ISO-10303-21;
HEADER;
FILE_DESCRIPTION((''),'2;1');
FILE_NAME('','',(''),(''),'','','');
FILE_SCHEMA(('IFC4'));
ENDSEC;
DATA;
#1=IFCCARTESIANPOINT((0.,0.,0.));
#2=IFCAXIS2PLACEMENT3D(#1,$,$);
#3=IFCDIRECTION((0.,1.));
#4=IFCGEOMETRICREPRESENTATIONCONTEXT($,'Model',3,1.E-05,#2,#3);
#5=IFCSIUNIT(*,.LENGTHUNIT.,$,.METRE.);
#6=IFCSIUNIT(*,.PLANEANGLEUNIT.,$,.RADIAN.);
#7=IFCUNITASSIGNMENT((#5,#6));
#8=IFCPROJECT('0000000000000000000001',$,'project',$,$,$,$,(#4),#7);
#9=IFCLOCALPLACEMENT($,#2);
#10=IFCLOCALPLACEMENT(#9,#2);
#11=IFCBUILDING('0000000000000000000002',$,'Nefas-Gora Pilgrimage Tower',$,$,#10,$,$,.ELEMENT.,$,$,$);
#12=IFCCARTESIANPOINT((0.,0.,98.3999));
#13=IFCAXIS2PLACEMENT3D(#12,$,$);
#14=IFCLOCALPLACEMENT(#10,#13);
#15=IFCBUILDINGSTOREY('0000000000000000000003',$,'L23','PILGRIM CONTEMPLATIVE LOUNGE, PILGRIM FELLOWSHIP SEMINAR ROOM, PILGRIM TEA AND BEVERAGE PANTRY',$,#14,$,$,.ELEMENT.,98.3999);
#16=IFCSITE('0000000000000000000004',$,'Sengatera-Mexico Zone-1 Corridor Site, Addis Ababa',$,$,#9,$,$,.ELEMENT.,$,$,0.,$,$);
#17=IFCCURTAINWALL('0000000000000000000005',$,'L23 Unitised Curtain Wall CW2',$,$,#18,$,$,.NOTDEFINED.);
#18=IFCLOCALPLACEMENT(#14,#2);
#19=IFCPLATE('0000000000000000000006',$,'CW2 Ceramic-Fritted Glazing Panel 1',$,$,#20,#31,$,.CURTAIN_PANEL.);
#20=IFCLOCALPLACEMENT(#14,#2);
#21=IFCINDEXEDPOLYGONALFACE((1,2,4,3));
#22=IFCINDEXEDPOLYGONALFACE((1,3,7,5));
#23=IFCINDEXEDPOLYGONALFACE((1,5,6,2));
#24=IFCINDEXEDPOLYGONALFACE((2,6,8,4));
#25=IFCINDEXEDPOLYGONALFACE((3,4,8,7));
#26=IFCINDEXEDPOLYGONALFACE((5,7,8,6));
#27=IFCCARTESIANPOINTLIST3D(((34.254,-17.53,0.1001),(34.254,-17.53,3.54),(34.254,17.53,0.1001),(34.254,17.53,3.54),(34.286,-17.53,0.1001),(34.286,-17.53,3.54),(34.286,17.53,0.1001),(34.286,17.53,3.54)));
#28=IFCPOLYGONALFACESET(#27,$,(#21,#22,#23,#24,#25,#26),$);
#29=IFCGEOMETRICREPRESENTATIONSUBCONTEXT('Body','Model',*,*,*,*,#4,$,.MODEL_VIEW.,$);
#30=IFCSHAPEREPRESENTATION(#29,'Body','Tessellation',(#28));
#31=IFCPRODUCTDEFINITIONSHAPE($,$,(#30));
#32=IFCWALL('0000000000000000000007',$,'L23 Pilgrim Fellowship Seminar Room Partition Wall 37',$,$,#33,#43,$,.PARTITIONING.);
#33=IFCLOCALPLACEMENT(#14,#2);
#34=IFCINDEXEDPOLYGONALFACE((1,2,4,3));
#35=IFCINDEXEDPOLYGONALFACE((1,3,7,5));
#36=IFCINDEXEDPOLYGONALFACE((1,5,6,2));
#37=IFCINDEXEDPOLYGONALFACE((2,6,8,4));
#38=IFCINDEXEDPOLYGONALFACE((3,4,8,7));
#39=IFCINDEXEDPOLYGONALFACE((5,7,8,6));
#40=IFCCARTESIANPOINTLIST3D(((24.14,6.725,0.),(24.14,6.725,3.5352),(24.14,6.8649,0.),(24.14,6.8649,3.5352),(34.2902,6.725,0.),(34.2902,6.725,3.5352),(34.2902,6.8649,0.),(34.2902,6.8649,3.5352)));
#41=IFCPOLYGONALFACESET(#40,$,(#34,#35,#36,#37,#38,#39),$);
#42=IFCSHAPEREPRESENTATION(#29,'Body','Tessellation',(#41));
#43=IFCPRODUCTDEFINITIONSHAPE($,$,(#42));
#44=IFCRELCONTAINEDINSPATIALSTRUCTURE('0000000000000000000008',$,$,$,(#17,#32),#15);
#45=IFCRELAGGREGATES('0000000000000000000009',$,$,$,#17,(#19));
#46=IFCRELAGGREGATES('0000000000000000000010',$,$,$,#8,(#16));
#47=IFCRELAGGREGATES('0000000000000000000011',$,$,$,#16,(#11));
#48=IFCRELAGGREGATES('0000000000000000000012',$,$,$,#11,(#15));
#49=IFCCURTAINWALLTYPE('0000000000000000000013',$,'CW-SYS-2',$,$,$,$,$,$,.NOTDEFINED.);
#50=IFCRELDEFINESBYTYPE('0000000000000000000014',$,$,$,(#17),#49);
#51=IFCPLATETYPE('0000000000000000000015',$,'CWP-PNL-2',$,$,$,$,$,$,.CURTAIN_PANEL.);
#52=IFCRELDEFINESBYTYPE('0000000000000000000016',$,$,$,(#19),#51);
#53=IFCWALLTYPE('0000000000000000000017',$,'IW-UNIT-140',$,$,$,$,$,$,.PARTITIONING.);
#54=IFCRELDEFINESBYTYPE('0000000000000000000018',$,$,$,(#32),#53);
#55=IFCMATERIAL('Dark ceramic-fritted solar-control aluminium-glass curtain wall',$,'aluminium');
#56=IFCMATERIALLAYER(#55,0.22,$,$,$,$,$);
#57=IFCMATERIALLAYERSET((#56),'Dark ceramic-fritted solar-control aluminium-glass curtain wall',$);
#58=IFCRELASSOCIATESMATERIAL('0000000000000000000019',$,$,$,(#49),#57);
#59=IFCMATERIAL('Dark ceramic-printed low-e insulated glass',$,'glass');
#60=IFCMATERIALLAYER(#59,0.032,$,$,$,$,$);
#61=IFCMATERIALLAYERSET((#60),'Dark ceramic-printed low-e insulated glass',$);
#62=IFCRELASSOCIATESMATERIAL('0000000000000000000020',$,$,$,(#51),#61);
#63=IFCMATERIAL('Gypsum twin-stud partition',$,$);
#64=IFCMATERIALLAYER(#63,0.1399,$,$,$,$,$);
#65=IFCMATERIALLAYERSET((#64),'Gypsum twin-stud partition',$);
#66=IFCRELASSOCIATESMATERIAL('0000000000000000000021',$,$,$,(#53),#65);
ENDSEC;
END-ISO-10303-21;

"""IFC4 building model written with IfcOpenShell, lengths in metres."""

from ifc_helpers import new_model, si_unit, direction, frame, frame_2d, origin, origin_2d, place, context, subcontext, project, spatial, rectangle, extrude, source, transform, mapped, material, layer, layer_set, type_object, element, aggregate, save


model = new_model("IFC4")

# Units and contexts
model_context = context("Model", 3, precision=1e-05, world=origin(), true_north=direction((0.0, 1.0)))
body_context = subcontext(model_context, "Body", "Model", "MODEL_VIEW")
ifc_project = project(units=[si_unit("LENGTHUNIT", "METRE"), si_unit("PLANEANGLEUNIT", "RADIAN")], contexts=[model_context])

# Site, building, storey
site_placement = place(None, origin())
site = spatial("IfcSite", under=ifc_project, at=site_placement, Name="Sengatera-Mexico Zone-1 Corridor Site, Addis Ababa", CompositionType="ELEMENT", RefElevation=0.0)
building_placement = place(site_placement, origin())
building = spatial("IfcBuilding", under=site, at=building_placement, Name="Nefas-Gora Pilgrimage Tower", CompositionType="ELEMENT")
storey_placement = place(building_placement, frame((0.0, 0.0, 98.3999)))
storey = spatial("IfcBuildingStorey", under=building, at=storey_placement, Name="L23", Description="PILGRIM CONTEMPLATIVE LOUNGE, PILGRIM FELLOWSHIP SEMINAR ROOM, PILGRIM TEA AND BEVERAGE PANTRY", CompositionType="ELEMENT", Elevation=98.3999)

# Curtain wall, plate
ifc_material_1 = material(Name="Dark ceramic-fritted solar-control aluminium-glass curtain wall", Category="aluminium")
ifc_layer_1 = layer(ifc_material_1, 0.22)
ifc_layer_set_1 = layer_set([ifc_layer_1], Name="Dark ceramic-fritted solar-control aluminium-glass curtain wall")
curtain_wall_type = type_object("IfcCurtainWallType", Name="CW-SYS-2", PredefinedType="NOTDEFINED", material=ifc_layer_set_1)
curtain_wall_placement = place(storey_placement, origin())
curtain_wall = element("IfcCurtainWall", 1, at=curtain_wall_placement, inside=storey, type_object=curtain_wall_type, Name="L23 Unitised Curtain Wall CW2", PredefinedType="NOTDEFINED")
ifc_material_2 = material(Name="Dark ceramic-printed low-e insulated glass", Category="glass")
ifc_layer_2 = layer(ifc_material_2, 0.032)
ifc_layer_set_2 = layer_set([ifc_layer_2], Name="Dark ceramic-printed low-e insulated glass")
plate_type = type_object("IfcPlateType", Name="CWP-PNL-2", PredefinedType="CURTAIN_PANEL", material=ifc_layer_set_2)
shared_shape_1 = source(origin(), body_context, "Body", "SweptSolid", [
    extrude(rectangle(XDim=35.0601, YDim=0.032, at=origin_2d()), origin(), (0.0, 0.0, 1.0), 3.4399),
])
plate_placement = place(storey_placement, frame((34.27, 0.0, 0.1001), z_axis=(0.0, 0.0, 1.0), x_axis=(0.0, 1.0, 0.0)))
plate = element("IfcPlate", 2, at=plate_placement, type_object=plate_type, Name="CW2 Ceramic-Fritted Glazing Panel 1", PredefinedType="CURTAIN_PANEL", context=body_context, shape_type="MappedRepresentation", body=[
    mapped(shared_shape_1, transform((0.0, 0.0, 0.0), x_axis=(1.0, 0.0, 0.0), y_axis=(0.0, 1.0, 0.0), z_axis=(0.0, 0.0, 1.0), scale=1.0)),
])
aggregate(curtain_wall, [plate])

# Wall
ifc_material_3 = material(Name="Gypsum twin-stud partition")
ifc_layer_3 = layer(ifc_material_3, 0.1399)
ifc_layer_set_3 = layer_set([ifc_layer_3], Name="Gypsum twin-stud partition")
wall_type = type_object("IfcWallType", Name="IW-UNIT-140", PredefinedType="PARTITIONING", material=ifc_layer_set_3)
shared_shape_2 = source(origin(), body_context, "Body", "SweptSolid", [
    extrude(rectangle(XDim=10.1501, YDim=0.1399, at=frame_2d((5.0752, 0.0))), origin(), (0.0, 0.0, 1.0), 3.5352),
])
wall_placement = place(storey_placement, frame((24.1399, 6.7949, 0.0), z_axis=(0.0, 0.0, 1.0), x_axis=(1.0, 0.0, 0.0)))
element("IfcWall", 3, at=wall_placement, inside=storey, type_object=wall_type, Name="L23 Pilgrim Fellowship Seminar Room Partition Wall 37", PredefinedType="PARTITIONING", context=body_context, shape_type="MappedRepresentation", body=[
    mapped(shared_shape_2, transform((0.0, 0.0, 0.0), x_axis=(1.0, 0.0, 0.0), y_axis=(0.0, 1.0, 0.0), z_axis=(0.0, 0.0, 1.0), scale=1.0)),
])

save(model, "model.ifc")
